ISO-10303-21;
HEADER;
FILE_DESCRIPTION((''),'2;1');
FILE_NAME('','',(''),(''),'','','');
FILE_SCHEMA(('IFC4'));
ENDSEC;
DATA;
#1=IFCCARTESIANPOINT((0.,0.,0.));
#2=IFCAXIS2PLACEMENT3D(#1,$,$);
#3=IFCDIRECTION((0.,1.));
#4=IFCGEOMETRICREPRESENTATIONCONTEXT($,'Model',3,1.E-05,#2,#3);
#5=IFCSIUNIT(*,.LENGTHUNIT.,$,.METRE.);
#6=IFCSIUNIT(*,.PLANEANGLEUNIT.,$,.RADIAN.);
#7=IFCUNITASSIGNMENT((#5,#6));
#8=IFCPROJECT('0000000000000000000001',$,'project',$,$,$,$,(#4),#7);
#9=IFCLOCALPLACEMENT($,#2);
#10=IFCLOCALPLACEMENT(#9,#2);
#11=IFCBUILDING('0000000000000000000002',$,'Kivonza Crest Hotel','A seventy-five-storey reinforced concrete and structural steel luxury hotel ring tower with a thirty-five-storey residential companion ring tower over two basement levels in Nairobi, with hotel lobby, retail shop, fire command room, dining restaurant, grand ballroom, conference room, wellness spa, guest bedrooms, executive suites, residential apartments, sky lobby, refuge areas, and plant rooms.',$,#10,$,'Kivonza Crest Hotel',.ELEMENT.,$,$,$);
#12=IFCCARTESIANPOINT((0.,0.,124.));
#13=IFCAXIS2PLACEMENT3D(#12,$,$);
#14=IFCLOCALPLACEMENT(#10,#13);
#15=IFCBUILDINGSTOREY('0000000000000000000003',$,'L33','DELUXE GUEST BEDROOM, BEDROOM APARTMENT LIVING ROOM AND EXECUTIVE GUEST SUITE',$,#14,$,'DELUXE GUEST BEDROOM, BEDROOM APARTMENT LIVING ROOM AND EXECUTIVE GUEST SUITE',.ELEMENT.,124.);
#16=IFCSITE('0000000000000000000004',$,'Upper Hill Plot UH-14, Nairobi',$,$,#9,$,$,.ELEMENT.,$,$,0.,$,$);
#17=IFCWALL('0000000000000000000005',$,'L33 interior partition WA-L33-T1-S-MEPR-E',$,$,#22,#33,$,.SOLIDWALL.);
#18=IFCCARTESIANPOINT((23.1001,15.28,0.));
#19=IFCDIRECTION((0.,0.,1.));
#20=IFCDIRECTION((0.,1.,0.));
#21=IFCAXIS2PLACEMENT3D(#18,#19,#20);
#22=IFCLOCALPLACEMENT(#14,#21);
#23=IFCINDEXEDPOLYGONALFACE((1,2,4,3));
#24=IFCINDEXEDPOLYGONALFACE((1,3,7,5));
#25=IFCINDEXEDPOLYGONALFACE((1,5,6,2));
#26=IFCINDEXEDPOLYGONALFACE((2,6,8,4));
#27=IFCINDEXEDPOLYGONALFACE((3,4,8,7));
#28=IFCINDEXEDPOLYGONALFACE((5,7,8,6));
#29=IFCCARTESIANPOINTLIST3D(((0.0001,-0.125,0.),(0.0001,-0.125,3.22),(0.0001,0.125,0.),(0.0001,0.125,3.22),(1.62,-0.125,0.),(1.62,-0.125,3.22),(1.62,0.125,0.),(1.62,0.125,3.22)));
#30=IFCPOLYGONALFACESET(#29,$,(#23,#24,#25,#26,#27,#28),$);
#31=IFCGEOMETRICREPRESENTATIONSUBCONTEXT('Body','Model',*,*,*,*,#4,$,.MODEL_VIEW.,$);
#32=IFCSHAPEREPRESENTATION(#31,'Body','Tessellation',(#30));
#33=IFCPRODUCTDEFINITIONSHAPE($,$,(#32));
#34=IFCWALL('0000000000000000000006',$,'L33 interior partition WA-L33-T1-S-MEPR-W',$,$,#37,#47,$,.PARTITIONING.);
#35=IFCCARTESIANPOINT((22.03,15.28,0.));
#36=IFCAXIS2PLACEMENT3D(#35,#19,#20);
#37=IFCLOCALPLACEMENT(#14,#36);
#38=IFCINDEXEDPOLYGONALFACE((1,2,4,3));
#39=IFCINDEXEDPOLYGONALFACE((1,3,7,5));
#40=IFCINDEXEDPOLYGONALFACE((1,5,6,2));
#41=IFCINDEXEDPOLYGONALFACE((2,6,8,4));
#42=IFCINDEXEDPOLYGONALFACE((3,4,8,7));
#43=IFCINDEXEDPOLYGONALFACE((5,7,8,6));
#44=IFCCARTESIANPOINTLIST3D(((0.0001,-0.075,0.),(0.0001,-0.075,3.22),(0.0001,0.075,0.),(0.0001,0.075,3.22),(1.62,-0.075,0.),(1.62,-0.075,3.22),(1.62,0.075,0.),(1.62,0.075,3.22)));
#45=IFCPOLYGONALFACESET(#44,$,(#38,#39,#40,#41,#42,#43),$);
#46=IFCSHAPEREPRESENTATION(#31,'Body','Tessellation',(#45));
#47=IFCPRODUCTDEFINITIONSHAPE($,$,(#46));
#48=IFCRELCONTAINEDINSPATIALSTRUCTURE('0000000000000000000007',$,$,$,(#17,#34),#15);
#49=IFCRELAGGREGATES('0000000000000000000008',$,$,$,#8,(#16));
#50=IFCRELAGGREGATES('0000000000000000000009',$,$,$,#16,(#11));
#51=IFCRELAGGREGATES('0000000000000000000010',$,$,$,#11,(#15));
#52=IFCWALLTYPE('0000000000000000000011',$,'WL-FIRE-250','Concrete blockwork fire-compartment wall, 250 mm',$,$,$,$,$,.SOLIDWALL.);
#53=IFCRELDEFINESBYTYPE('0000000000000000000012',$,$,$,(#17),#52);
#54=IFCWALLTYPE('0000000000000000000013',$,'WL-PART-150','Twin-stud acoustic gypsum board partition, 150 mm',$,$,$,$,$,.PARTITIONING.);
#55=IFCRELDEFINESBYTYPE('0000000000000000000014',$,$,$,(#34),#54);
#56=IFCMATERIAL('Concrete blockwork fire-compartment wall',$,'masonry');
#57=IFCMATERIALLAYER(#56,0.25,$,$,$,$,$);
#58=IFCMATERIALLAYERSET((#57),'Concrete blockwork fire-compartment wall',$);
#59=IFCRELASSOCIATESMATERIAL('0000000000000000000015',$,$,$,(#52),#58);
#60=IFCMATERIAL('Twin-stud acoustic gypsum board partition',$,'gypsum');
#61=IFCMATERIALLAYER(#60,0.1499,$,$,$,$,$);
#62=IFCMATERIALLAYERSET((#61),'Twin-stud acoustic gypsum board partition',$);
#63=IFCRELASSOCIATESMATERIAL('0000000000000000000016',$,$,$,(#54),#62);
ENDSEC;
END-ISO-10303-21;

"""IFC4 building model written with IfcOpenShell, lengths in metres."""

from ifc_helpers import new_model, si_unit, direction, frame, frame_2d, origin, place, context, subcontext, project, spatial, rectangle, extrude, material, layer, layer_set, type_object, element, save


model = new_model("IFC4")

# Units and contexts
model_context = context("Model", 3, precision=1e-05, world=origin(), true_north=direction((0.0, 1.0)))
body_context = subcontext(model_context, "Body", "Model", "MODEL_VIEW")
ifc_project = project(units=[si_unit("LENGTHUNIT", "METRE"), si_unit("PLANEANGLEUNIT", "RADIAN")], contexts=[model_context])

# Site, building, storey
site_placement = place(None, origin())
site = spatial("IfcSite", under=ifc_project, at=site_placement, Name="Upper Hill Plot UH-14, Nairobi", CompositionType="ELEMENT", RefElevation=0.0)
building_placement = place(site_placement, origin())
building = spatial("IfcBuilding", under=site, at=building_placement, Name="Kivonza Crest Hotel", Description="A seventy-five-storey reinforced concrete and structural steel luxury hotel ring tower with a thirty-five-storey residential companion ring tower over two basement levels in Nairobi, with hotel lobby, retail shop, fire command room, dining restaurant, grand ballroom, conference room, wellness spa, guest bedrooms, executive suites, residential apartments, sky lobby, refuge areas, and plant rooms.", LongName="Kivonza Crest Hotel", CompositionType="ELEMENT")
storey_placement = place(building_placement, frame((0.0, 0.0, 124.0)))
storey = spatial("IfcBuildingStorey", under=building, at=storey_placement, Name="L33", Description="DELUXE GUEST BEDROOM, BEDROOM APARTMENT LIVING ROOM AND EXECUTIVE GUEST SUITE", LongName="DELUXE GUEST BEDROOM, BEDROOM APARTMENT LIVING ROOM AND EXECUTIVE GUEST SUITE", CompositionType="ELEMENT", Elevation=124.0)

# Walls
ifc_material_1 = material(Name="Concrete blockwork fire-compartment wall", Category="masonry")
ifc_layer_1 = layer(ifc_material_1, 0.25)
ifc_layer_set_1 = layer_set([ifc_layer_1], Name="Concrete blockwork fire-compartment wall")
wall_type_1 = type_object("IfcWallType", Name="WL-FIRE-250", Description="Concrete blockwork fire-compartment wall, 250 mm", PredefinedType="SOLIDWALL", material=ifc_layer_set_1)
wall_1_placement = place(storey_placement, frame((23.1001, 15.28, 0.0), z_axis=(0.0, 0.0, 1.0), x_axis=(0.0, 1.0, 0.0)))
element("IfcWall", 1, at=wall_1_placement, inside=storey, type_object=wall_type_1, Name="L33 interior partition WA-L33-T1-S-MEPR-E", PredefinedType="SOLIDWALL", context=body_context, shape_type="SweptSolid", body=[
    extrude(rectangle(XDim=1.6199, YDim=0.25, at=frame_2d((0.8101, 0.0))), origin(), (0.0, 0.0, 1.0), 3.22),
])
ifc_material_2 = material(Name="Twin-stud acoustic gypsum board partition", Category="gypsum")
ifc_layer_2 = layer(ifc_material_2, 0.1499)
ifc_layer_set_2 = layer_set([ifc_layer_2], Name="Twin-stud acoustic gypsum board partition")
wall_type_2 = type_object("IfcWallType", Name="WL-PART-150", Description="Twin-stud acoustic gypsum board partition, 150 mm", PredefinedType="PARTITIONING", material=ifc_layer_set_2)
wall_2_placement = place(storey_placement, frame((22.03, 15.28, 0.0), z_axis=(0.0, 0.0, 1.0), x_axis=(0.0, 1.0, 0.0)))
element("IfcWall", 2, at=wall_2_placement, inside=storey, type_object=wall_type_2, Name="L33 interior partition WA-L33-T1-S-MEPR-W", PredefinedType="PARTITIONING", context=body_context, shape_type="SweptSolid", body=[
    extrude(rectangle(XDim=1.6199, YDim=0.1499, at=frame_2d((0.8101, 0.0))), origin(), (0.0, 0.0, 1.0), 3.22),
])

save(model, "model.ifc")
